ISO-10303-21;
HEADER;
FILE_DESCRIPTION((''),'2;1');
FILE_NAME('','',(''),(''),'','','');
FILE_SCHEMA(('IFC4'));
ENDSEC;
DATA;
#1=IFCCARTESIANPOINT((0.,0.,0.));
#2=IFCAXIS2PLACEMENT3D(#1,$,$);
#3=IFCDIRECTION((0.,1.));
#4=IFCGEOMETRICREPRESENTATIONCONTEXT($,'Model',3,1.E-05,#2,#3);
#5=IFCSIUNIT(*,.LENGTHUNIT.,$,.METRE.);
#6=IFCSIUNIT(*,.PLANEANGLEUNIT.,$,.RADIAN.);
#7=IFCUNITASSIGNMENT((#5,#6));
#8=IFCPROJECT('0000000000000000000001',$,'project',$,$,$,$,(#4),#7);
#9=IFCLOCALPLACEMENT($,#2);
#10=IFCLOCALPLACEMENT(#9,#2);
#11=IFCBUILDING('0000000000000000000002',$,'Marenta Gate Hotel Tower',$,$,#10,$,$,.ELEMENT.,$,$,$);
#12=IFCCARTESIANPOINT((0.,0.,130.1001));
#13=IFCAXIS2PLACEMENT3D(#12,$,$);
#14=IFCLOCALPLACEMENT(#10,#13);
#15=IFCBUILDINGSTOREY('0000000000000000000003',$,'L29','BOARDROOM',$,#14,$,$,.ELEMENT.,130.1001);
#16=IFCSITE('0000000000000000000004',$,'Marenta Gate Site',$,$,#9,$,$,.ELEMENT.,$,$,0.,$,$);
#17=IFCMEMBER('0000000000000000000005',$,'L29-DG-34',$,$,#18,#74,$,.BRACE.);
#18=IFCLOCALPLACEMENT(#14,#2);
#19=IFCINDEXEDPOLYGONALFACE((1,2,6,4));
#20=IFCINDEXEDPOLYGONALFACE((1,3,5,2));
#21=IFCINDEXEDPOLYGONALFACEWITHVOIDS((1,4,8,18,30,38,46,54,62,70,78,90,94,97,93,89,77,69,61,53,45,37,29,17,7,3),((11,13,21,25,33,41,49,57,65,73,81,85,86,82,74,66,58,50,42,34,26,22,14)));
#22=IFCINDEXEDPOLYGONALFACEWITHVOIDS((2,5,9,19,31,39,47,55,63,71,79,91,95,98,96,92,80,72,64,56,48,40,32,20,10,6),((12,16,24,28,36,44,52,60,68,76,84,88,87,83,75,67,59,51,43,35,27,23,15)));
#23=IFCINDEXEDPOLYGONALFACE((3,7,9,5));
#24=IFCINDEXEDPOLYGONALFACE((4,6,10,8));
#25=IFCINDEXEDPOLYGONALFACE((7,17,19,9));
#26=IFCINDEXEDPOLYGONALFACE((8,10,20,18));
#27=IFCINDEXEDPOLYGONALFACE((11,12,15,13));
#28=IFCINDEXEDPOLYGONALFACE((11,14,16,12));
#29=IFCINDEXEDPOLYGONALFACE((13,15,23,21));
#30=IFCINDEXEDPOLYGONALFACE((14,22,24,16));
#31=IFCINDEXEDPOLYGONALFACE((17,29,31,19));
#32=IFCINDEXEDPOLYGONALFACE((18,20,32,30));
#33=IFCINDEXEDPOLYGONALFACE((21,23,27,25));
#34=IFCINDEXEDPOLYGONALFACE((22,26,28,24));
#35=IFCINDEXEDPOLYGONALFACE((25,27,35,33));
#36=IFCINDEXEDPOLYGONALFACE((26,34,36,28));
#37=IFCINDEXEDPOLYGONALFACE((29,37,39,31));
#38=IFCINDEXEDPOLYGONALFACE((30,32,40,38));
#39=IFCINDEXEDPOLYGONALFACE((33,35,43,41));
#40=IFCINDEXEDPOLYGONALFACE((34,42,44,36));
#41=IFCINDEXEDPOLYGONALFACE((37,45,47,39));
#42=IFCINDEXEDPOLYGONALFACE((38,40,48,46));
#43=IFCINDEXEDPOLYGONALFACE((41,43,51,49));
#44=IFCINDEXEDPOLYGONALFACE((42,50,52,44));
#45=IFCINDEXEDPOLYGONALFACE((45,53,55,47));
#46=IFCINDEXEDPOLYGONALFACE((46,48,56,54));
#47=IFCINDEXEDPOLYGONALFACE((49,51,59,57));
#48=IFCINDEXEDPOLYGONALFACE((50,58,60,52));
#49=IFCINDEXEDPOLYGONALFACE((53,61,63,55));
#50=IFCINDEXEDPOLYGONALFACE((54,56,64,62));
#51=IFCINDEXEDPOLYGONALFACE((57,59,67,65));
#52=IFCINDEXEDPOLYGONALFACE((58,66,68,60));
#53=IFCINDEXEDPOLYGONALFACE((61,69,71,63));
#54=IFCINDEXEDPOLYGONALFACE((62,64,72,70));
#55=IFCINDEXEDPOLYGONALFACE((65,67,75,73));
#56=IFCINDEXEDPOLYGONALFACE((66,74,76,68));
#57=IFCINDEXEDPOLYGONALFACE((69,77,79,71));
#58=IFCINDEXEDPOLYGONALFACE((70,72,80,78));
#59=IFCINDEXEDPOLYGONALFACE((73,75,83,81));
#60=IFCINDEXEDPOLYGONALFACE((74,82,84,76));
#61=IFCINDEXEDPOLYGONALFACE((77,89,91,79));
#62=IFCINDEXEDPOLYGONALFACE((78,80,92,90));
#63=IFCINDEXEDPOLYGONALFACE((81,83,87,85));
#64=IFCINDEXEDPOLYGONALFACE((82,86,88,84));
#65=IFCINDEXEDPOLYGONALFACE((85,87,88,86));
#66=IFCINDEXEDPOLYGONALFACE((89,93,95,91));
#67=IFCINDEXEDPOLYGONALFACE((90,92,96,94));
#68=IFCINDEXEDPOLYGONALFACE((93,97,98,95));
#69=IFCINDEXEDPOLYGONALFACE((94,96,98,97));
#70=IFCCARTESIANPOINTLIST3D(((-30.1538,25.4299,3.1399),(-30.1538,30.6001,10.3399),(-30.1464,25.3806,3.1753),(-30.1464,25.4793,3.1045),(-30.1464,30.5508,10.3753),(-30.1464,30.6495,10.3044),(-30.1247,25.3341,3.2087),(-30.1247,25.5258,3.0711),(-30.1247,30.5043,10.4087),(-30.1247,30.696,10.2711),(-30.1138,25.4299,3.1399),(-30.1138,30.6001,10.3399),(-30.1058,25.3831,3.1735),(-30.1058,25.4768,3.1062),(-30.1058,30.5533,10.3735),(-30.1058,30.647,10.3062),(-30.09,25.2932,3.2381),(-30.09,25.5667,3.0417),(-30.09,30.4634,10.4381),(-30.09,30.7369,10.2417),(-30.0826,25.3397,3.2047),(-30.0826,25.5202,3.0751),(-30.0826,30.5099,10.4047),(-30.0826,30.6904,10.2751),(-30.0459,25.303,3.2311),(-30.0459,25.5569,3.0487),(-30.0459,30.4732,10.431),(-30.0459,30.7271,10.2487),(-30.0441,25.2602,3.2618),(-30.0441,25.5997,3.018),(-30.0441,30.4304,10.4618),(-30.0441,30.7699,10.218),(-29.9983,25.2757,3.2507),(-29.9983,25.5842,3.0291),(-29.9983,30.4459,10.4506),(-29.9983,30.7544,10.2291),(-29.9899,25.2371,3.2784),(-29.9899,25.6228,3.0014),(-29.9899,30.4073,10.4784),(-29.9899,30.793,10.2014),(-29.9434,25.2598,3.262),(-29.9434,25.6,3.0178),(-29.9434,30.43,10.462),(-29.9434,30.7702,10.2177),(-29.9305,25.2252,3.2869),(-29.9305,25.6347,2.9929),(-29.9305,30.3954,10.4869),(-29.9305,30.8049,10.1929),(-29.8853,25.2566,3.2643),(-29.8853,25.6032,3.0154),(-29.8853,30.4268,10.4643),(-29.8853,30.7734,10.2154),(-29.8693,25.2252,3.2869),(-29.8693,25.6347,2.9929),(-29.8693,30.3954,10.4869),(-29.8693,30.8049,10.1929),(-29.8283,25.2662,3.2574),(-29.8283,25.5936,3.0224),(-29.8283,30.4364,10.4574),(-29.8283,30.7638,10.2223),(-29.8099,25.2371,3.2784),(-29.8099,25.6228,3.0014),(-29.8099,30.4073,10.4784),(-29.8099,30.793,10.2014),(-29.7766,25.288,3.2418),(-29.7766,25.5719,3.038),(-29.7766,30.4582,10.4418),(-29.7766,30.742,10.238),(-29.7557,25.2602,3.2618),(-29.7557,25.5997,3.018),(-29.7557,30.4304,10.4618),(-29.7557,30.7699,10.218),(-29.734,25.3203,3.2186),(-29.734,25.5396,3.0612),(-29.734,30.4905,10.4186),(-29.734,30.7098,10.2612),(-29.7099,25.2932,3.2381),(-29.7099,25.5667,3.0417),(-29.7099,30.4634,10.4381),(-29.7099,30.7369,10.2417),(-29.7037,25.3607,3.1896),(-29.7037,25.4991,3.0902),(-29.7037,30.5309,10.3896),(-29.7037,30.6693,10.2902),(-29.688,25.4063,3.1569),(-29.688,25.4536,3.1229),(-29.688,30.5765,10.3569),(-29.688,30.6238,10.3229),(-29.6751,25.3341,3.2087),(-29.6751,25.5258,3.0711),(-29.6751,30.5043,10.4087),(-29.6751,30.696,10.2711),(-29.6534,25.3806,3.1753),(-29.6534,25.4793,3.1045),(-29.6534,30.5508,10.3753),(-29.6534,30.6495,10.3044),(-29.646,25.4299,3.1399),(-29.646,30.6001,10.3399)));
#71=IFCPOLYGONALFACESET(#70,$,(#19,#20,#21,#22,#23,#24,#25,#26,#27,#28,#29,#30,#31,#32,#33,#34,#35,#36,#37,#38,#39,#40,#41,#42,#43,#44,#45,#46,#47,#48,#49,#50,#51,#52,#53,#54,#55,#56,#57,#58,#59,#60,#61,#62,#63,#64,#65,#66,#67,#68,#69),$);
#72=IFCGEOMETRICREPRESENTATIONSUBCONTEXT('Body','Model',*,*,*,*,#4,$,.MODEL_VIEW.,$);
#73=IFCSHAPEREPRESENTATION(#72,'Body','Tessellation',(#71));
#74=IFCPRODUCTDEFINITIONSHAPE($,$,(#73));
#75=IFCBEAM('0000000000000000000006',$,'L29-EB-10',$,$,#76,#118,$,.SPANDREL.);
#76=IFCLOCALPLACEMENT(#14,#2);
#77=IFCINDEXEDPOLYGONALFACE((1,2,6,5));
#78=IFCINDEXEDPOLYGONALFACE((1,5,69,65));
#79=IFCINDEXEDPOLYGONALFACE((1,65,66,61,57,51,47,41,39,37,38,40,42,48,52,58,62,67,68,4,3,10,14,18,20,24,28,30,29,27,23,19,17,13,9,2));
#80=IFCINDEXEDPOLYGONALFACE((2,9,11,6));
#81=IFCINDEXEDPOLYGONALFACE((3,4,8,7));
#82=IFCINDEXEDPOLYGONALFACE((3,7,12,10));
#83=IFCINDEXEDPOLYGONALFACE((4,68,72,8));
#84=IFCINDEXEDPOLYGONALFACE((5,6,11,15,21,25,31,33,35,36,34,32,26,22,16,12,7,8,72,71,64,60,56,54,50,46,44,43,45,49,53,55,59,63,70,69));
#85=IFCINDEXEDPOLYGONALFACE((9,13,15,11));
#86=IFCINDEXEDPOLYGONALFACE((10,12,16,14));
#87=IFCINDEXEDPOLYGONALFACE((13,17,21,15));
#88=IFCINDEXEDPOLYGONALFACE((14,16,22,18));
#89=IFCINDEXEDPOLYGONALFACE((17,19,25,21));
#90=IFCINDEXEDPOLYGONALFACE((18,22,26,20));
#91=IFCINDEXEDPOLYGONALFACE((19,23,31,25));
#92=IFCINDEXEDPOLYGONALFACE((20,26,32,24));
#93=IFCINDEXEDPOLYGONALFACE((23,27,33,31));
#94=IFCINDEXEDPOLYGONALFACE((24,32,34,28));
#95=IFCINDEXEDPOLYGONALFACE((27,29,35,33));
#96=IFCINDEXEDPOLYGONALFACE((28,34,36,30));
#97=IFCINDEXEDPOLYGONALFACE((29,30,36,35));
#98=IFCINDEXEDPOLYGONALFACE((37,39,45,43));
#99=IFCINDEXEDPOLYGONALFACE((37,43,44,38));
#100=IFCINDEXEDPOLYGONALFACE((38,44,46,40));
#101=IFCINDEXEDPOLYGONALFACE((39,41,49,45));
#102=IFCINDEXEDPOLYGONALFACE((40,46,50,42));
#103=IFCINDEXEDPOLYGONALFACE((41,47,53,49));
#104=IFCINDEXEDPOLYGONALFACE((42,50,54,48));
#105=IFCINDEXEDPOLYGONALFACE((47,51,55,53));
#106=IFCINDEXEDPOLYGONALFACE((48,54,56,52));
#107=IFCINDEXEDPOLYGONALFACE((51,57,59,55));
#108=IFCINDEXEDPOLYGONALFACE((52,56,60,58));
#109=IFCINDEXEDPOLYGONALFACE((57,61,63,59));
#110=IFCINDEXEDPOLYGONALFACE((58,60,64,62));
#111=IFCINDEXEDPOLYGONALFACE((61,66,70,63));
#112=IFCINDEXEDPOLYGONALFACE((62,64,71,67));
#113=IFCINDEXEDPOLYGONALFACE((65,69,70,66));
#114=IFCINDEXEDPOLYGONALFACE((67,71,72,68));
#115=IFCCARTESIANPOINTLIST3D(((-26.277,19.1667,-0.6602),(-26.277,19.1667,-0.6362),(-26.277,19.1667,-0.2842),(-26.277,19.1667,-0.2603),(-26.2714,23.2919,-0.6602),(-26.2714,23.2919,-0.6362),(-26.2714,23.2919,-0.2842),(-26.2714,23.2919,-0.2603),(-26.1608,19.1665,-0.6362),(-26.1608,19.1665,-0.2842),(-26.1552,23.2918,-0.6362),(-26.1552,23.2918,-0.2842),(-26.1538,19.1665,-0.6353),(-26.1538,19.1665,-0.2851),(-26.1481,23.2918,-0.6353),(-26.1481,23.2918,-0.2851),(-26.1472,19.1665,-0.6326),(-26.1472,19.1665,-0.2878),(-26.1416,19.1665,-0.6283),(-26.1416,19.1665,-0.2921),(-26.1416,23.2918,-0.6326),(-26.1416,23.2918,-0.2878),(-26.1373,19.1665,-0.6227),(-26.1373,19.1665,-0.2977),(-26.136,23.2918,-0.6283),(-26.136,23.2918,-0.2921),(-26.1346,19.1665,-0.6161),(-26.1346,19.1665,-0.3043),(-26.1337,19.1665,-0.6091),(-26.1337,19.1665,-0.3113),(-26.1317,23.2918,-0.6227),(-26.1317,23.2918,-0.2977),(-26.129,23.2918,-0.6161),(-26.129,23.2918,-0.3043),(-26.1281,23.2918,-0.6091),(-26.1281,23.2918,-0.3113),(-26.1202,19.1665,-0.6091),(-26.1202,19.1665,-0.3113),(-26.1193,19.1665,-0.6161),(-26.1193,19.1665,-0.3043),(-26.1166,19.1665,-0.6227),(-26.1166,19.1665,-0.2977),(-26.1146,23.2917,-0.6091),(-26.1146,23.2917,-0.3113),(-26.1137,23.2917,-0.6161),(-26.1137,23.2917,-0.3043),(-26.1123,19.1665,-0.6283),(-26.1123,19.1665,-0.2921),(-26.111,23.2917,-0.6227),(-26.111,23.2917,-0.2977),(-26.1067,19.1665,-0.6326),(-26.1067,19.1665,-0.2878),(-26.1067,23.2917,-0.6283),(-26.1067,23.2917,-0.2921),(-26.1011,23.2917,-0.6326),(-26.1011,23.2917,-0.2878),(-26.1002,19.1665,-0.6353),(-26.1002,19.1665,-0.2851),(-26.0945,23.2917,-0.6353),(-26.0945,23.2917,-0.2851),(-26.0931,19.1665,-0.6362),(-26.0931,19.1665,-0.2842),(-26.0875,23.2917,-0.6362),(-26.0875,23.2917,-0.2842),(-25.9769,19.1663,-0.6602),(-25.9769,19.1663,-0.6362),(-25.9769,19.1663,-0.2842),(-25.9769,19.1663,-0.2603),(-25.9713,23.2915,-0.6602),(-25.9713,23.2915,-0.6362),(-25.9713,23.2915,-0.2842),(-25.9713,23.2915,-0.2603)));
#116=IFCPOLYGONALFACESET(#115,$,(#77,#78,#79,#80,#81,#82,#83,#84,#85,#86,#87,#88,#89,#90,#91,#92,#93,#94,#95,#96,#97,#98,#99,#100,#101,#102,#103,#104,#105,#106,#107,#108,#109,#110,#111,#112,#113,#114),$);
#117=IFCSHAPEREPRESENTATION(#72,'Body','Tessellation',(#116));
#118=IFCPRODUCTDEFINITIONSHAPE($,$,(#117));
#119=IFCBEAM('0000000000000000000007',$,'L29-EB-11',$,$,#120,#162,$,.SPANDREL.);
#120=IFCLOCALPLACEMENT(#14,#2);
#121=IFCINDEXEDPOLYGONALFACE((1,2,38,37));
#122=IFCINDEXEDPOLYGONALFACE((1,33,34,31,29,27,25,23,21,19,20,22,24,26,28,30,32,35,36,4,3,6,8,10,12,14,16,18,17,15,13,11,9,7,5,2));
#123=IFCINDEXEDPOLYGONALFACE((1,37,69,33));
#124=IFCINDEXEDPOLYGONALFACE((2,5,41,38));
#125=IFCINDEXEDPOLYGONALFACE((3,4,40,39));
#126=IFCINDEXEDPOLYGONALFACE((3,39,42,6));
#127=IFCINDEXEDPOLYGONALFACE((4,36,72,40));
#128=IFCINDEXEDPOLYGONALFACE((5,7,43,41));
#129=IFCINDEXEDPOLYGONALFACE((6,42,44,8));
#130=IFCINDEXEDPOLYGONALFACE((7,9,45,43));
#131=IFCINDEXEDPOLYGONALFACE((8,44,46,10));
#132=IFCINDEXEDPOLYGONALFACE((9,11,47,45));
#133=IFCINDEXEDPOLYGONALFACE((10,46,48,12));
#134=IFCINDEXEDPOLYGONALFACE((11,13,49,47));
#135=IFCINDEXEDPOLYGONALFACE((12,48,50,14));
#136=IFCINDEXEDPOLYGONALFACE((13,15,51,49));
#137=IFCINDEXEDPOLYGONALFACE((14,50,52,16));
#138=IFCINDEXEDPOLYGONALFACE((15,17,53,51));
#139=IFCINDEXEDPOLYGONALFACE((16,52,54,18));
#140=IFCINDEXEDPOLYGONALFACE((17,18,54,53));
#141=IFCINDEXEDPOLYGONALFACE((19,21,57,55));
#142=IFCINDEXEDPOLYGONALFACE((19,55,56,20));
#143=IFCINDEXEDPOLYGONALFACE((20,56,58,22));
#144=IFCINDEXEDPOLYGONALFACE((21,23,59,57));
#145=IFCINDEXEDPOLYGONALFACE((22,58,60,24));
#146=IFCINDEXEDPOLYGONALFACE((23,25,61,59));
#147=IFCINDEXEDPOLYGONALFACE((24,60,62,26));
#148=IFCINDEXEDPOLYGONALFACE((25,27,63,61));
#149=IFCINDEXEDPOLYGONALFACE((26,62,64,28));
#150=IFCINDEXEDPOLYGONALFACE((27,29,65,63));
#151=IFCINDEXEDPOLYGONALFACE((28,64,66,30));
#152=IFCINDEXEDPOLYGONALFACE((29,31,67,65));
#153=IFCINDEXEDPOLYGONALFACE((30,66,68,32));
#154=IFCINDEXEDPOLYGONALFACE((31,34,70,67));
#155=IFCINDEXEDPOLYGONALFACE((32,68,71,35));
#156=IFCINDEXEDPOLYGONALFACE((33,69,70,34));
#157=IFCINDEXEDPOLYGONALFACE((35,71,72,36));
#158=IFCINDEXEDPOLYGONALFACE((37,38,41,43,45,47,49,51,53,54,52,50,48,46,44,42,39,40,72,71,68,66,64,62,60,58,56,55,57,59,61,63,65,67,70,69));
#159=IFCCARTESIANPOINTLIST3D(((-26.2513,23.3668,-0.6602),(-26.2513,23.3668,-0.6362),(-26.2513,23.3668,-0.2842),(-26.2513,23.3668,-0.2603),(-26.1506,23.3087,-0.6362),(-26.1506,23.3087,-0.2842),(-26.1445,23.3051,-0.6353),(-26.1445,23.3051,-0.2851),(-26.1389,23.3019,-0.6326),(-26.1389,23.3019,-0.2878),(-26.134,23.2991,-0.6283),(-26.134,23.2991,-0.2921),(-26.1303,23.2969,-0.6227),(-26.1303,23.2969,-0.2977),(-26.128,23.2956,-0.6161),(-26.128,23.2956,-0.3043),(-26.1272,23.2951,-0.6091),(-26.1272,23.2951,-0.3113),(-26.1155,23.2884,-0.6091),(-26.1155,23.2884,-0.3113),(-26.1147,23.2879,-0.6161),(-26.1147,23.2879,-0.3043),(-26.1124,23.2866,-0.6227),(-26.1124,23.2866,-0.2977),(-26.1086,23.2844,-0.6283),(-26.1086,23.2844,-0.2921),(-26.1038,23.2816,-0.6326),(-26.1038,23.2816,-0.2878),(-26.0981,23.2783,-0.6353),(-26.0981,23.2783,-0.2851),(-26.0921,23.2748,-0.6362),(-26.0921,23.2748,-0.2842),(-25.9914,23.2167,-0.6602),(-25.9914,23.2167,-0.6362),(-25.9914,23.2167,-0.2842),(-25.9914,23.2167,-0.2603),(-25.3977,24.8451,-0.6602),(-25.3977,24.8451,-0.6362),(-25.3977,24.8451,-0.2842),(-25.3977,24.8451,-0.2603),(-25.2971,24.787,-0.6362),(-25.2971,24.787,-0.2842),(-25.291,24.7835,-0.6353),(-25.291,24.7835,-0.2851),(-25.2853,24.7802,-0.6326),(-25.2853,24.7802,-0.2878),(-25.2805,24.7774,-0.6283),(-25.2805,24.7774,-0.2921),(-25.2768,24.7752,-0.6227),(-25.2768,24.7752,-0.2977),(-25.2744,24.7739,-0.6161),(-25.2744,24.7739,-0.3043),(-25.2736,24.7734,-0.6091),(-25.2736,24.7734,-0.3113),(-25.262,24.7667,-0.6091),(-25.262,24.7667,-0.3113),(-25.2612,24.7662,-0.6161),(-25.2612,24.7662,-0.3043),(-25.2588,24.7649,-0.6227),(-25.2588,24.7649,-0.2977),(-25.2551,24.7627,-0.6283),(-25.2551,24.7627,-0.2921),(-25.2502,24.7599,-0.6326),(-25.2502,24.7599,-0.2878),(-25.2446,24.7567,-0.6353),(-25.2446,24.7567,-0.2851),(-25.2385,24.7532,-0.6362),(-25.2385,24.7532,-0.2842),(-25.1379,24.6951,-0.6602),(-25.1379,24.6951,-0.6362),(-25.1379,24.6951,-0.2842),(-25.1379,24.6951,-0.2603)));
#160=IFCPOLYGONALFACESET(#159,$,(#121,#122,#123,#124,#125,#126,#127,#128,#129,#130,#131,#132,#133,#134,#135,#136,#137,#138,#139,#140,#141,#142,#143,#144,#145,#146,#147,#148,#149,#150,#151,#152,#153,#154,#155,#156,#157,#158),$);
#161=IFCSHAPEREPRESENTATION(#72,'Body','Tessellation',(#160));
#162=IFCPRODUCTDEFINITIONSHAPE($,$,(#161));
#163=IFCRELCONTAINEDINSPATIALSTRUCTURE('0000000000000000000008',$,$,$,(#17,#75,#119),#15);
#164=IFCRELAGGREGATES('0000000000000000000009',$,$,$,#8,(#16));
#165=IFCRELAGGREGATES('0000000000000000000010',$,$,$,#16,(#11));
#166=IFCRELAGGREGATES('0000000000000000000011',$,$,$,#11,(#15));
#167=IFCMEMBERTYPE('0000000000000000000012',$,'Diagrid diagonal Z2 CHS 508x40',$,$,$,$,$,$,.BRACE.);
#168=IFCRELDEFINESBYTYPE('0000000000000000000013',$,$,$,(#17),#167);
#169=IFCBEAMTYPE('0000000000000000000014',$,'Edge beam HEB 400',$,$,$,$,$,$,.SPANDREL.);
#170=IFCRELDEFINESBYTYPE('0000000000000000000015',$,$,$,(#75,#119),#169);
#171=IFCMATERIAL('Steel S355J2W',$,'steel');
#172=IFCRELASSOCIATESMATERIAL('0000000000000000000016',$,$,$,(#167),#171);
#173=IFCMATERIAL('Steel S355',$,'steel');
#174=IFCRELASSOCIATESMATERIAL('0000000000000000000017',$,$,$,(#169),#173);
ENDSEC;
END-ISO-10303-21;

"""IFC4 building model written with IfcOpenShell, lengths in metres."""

from ifc_helpers import new_model, si_unit, direction, frame, origin, origin_2d, place, context, subcontext, project, spatial, hollow_circle, i_section, extrude, material, material_profile, profile_set, type_object, element, save


model = new_model("IFC4")

# Units and contexts
model_context = context("Model", 3, precision=1e-05, world=origin(), true_north=direction((0.0, 1.0)))
body_context = subcontext(model_context, "Body", "Model", "MODEL_VIEW")
ifc_project = project(units=[si_unit("LENGTHUNIT", "METRE"), si_unit("PLANEANGLEUNIT", "RADIAN")], contexts=[model_context])

# Site, building, storey
site_placement = place(None, origin())
site = spatial("IfcSite", under=ifc_project, at=site_placement, Name="Marenta Gate Site", CompositionType="ELEMENT", RefElevation=0.0)
building_placement = place(site_placement, origin())
building = spatial("IfcBuilding", under=site, at=building_placement, Name="Marenta Gate Hotel Tower", CompositionType="ELEMENT")
storey_placement = place(building_placement, frame((0.0, 0.0, 130.1001)))
storey = spatial("IfcBuildingStorey", under=building, at=storey_placement, Name="L29", Description="BOARDROOM", CompositionType="ELEMENT", Elevation=130.1001)

# Member
ifc_material_1 = material(Name="Steel S355J2W", Category="steel")
ifc_material_profile_1 = material_profile(ifc_material_1, hollow_circle(Radius=0.2539, WallThickness=0.04, at=origin_2d()), Name="CHS 508x40")
ifc_profile_set_1 = profile_set([ifc_material_profile_1], Name="Steel S355J2W")
member_type_1 = type_object("IfcMemberType", Name="Diagrid diagonal Z2 CHS 508x40", PredefinedType="BRACE", material=ifc_profile_set_1)
member_1_placement = place(storey_placement, frame((-29.8999, 25.4299, 3.1399), z_axis=(0.0, 0.583279, 0.812272), x_axis=(-1.0, 0.0, 0.0)))
element("IfcMember", 1, at=member_1_placement, inside=storey, type_object=member_type_1, Name="L29-DG-34", PredefinedType="BRACE", context=body_context, shape_type="SweptSolid", body=[
    extrude(hollow_circle(Radius=0.2539, WallThickness=0.04, at=origin_2d()), origin(), (0.0, 0.0, 1.0), 8.864),
])

# Beams
ifc_material_2 = material(Name="Steel S355", Category="steel")
ifc_material_profile_2 = material_profile(ifc_material_2, i_section(OverallWidth=0.3, OverallDepth=0.3999, WebThickness=0.0134, FlangeThickness=0.0239, FilletRadius=0.0271, at=origin_2d()), Name="HEB 400")
ifc_profile_set_2 = profile_set([ifc_material_profile_2], Name="Steel S355")
beam_type_1 = type_object("IfcBeamType", Name="Edge beam HEB 400", PredefinedType="SPANDREL", material=ifc_profile_set_2)
beam_1_placement = place(storey_placement, frame((-26.127, 19.1665, -0.4602), z_axis=(0.001361, 0.999999, 0.0), x_axis=(-0.999999, 0.001361, 0.0)))
element("IfcBeam", 2, at=beam_1_placement, inside=storey, type_object=beam_type_1, Name="L29-EB-10", PredefinedType="SPANDREL", context=body_context, shape_type="SweptSolid", body=[
    extrude(i_section(OverallWidth=0.3, OverallDepth=0.3999, WebThickness=0.0134, FlangeThickness=0.0239, FilletRadius=0.0271, at=origin_2d()), origin(), (0.0, 0.0, 1.0), 4.1252),
])
beam_2_placement = place(storey_placement, frame((-26.1213, 23.2917, -0.4602), z_axis=(0.500015, 0.866016, 0.0), x_axis=(-0.866016, 0.500015, 0.0)))
element("IfcBeam", 3, at=beam_2_placement, inside=storey, type_object=beam_type_1, Name="L29-EB-11", PredefinedType="SPANDREL", context=body_context, shape_type="SweptSolid", body=[
    extrude(i_section(OverallWidth=0.3, OverallDepth=0.3999, WebThickness=0.0134, FlangeThickness=0.0239, FilletRadius=0.0271, at=origin_2d()), origin(), (0.0, 0.0, 1.0), 1.707),
])

save(model, "model.ifc")
